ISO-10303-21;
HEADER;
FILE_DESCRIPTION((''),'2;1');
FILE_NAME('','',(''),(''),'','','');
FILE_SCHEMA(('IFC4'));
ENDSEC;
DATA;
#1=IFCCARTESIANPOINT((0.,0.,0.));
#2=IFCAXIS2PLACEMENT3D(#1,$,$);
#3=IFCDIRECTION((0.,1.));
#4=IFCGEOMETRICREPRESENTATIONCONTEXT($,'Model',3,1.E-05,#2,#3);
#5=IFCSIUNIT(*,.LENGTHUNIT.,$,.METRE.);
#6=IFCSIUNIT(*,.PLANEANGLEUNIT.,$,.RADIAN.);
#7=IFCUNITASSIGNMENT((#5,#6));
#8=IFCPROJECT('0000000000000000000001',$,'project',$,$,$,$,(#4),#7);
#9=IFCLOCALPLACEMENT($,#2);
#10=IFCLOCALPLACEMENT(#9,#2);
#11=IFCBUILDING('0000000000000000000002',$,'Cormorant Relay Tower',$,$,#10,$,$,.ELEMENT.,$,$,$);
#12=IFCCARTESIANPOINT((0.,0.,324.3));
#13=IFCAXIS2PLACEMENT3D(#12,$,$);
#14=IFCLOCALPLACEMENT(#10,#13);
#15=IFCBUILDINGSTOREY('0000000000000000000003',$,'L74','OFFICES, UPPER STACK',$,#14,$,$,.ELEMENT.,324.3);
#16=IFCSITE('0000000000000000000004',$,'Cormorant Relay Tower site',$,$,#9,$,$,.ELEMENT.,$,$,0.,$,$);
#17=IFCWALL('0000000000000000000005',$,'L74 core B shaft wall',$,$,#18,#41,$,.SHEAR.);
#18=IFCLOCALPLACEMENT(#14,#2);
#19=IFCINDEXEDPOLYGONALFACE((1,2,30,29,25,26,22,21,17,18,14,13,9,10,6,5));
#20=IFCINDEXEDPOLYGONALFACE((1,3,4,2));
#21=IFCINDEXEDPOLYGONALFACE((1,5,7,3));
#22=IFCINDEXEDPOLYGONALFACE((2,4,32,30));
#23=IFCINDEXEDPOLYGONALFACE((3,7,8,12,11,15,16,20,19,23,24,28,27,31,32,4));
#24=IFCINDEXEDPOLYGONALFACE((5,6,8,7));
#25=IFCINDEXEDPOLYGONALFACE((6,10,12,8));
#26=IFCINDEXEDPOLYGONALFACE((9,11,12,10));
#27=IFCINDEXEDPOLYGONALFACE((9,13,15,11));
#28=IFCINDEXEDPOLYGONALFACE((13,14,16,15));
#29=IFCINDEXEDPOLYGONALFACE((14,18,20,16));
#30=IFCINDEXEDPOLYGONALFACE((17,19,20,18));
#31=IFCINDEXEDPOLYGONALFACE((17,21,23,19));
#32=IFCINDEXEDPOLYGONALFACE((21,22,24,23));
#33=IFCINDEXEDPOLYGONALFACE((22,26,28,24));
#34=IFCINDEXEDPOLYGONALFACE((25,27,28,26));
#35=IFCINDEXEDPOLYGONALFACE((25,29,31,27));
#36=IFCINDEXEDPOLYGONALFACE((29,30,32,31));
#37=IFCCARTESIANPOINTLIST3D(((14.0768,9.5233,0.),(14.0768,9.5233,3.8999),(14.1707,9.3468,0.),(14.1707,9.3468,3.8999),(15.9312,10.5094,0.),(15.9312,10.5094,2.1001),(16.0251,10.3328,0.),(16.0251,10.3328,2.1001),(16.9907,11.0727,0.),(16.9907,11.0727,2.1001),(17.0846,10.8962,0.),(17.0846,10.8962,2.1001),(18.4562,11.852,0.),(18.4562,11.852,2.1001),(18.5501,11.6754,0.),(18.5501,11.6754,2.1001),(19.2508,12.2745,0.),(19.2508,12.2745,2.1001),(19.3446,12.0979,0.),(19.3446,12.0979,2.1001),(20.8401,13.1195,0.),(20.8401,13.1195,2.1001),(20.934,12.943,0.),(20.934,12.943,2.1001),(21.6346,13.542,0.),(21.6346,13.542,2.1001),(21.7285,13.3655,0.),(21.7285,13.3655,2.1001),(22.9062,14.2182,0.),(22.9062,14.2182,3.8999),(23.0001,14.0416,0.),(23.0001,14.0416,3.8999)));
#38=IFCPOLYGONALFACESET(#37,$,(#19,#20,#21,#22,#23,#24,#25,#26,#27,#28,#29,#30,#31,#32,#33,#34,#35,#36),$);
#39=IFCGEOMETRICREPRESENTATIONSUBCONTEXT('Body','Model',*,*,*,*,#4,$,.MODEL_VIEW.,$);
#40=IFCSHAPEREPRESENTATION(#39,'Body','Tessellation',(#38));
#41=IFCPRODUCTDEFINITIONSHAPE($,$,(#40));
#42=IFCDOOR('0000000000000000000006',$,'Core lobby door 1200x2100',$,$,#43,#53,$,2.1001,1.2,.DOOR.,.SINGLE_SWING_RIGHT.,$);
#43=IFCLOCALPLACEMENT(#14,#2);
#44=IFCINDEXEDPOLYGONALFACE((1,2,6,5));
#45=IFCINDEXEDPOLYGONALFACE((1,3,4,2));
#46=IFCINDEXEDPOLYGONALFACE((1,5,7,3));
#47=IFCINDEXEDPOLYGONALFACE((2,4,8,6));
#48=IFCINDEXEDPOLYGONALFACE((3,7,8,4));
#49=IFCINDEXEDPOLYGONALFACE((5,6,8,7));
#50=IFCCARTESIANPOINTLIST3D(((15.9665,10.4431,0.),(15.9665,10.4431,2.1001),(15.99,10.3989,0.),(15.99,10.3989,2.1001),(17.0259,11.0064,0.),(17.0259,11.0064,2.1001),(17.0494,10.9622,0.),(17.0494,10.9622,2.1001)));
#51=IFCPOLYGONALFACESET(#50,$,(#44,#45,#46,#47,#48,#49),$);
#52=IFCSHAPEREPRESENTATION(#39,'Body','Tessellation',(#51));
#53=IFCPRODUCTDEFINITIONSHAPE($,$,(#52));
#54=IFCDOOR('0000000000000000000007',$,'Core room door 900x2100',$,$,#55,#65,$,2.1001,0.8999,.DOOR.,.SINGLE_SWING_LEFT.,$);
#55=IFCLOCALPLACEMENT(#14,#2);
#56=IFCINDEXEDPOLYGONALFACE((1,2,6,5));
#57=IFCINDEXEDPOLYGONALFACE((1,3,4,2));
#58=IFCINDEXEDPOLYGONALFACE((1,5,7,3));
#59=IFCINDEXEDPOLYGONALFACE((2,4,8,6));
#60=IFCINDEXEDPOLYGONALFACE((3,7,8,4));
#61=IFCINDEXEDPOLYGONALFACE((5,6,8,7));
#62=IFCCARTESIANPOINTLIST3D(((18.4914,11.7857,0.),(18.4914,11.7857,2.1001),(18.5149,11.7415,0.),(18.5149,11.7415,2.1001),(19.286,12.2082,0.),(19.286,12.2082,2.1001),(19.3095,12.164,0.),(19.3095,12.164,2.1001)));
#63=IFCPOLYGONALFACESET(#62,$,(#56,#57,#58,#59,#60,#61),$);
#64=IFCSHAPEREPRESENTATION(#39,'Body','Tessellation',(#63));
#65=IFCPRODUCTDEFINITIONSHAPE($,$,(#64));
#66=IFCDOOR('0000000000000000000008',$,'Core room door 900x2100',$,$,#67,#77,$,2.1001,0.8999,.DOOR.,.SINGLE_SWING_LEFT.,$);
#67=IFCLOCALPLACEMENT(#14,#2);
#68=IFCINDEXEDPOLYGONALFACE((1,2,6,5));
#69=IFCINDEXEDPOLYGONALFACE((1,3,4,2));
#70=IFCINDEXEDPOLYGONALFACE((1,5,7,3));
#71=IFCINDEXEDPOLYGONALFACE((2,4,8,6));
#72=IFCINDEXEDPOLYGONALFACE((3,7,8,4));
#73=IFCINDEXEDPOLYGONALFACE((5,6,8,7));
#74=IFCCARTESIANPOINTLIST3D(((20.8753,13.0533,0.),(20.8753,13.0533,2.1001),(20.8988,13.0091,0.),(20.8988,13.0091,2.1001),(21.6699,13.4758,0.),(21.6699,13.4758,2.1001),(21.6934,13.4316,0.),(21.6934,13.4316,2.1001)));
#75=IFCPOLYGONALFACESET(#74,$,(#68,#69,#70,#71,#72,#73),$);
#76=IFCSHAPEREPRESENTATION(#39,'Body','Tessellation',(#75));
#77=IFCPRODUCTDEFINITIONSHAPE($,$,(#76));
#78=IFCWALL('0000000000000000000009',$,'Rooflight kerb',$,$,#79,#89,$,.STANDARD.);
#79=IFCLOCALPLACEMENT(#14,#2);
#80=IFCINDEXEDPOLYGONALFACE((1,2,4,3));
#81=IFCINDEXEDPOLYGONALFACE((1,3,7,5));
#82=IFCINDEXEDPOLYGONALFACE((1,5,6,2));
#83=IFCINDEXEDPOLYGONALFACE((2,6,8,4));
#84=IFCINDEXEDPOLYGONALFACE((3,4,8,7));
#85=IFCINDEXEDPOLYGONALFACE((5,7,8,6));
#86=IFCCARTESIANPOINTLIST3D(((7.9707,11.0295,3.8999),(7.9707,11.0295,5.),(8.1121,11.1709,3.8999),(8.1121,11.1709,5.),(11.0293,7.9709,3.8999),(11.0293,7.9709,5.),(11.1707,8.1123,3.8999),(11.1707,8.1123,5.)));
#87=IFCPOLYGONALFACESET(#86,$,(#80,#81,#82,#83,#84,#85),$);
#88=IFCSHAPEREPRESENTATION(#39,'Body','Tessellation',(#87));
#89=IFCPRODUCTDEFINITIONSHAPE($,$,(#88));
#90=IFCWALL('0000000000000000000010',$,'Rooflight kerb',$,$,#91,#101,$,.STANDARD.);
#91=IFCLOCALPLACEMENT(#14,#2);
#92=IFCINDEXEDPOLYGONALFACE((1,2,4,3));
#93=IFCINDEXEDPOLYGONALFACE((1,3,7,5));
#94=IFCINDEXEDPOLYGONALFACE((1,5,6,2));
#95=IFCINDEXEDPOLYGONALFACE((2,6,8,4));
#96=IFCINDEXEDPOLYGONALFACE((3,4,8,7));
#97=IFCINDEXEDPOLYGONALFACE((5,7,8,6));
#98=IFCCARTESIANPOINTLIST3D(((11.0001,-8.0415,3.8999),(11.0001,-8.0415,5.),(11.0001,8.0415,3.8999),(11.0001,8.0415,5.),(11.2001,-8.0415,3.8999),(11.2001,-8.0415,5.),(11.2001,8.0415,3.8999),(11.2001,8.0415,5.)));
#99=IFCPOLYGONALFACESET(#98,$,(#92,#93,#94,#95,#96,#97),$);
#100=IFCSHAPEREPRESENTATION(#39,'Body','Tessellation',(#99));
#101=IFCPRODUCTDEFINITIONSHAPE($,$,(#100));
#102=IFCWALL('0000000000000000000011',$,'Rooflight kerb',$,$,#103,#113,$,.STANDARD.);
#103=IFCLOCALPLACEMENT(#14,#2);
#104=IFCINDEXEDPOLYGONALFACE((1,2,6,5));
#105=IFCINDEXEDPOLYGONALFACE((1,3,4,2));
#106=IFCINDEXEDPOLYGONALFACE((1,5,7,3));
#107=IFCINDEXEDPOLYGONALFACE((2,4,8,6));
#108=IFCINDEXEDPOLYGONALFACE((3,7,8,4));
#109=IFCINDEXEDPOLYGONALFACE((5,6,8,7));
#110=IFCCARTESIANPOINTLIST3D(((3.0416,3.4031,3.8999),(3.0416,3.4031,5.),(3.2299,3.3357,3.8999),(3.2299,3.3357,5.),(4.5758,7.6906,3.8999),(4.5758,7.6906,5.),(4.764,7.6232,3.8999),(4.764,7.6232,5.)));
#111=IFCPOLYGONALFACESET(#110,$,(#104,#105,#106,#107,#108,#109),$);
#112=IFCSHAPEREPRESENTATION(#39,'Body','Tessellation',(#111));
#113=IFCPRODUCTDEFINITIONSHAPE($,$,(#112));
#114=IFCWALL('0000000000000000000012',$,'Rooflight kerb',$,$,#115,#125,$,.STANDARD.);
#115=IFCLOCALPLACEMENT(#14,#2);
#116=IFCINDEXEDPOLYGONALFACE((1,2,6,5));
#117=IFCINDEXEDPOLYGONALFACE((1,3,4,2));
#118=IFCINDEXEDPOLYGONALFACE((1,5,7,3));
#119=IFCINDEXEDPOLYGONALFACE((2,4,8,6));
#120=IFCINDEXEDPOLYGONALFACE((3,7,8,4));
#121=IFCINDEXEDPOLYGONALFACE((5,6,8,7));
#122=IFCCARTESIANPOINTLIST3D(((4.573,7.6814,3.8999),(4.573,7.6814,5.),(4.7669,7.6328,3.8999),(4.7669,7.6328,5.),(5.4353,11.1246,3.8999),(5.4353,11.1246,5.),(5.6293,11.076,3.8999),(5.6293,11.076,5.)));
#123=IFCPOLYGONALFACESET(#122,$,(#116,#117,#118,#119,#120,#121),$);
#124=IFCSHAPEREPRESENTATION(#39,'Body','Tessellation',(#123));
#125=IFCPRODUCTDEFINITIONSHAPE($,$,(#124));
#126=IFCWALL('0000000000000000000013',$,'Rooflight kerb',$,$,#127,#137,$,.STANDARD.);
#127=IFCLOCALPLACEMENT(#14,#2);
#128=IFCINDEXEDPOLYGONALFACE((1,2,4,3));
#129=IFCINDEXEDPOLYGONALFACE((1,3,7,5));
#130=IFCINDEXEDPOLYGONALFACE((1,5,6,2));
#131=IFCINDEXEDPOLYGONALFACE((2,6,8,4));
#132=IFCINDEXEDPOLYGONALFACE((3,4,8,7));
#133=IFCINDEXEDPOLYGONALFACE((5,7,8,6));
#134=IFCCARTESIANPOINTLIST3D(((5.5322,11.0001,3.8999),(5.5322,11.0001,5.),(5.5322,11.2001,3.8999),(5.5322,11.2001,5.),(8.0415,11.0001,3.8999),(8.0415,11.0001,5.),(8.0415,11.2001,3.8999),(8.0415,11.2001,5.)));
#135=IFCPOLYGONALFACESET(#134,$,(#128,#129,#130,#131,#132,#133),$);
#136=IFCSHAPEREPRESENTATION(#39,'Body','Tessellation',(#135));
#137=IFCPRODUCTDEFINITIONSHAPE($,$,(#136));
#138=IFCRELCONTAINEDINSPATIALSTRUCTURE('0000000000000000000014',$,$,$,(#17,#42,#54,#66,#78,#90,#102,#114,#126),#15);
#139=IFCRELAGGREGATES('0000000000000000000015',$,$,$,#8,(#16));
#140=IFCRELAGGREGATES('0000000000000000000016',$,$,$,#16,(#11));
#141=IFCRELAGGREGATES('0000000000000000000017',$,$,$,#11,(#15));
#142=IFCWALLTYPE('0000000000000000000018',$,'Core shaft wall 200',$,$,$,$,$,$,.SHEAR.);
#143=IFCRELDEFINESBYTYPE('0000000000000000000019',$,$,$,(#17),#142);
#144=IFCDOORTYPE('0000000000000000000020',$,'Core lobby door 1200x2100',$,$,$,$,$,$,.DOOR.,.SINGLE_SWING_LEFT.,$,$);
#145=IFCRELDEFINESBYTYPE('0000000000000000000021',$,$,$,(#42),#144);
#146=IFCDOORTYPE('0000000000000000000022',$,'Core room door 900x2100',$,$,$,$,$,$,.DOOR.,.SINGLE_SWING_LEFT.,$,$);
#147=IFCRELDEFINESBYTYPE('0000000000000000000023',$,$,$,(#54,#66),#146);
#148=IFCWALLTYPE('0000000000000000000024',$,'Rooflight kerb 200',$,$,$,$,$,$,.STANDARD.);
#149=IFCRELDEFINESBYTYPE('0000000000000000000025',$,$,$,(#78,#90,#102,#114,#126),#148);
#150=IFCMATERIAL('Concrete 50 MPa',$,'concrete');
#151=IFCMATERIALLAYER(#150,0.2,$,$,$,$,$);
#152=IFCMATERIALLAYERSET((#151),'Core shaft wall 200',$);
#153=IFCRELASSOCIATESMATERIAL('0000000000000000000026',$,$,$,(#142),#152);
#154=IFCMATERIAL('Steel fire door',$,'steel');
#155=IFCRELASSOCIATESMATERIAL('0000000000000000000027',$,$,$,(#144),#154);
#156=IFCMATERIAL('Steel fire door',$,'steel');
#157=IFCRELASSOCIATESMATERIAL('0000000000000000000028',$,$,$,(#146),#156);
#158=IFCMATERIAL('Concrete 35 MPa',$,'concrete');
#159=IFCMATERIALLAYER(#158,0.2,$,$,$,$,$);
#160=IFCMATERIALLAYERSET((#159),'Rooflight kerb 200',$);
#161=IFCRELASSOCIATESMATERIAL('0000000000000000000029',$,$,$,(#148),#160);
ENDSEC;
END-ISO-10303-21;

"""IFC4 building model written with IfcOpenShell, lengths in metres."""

from ifc_helpers import new_model, si_unit, direction, frame, frame_2d, origin, place, context, subcontext, project, spatial, rectangle, extrude, material, layer, layer_set, type_object, element, fill, save


model = new_model("IFC4")

# Units and contexts
model_context = context("Model", 3, precision=1e-05, world=origin(), true_north=direction((0.0, 1.0)))
body_context = subcontext(model_context, "Body", "Model", "MODEL_VIEW")
ifc_project = project(units=[si_unit("LENGTHUNIT", "METRE"), si_unit("PLANEANGLEUNIT", "RADIAN")], contexts=[model_context])

# Site, building, storey
site_placement = place(None, origin())
site = spatial("IfcSite", under=ifc_project, at=site_placement, Name="Cormorant Relay Tower site", CompositionType="ELEMENT", RefElevation=0.0)
building_placement = place(site_placement, origin())
building = spatial("IfcBuilding", under=site, at=building_placement, Name="Cormorant Relay Tower", CompositionType="ELEMENT")
storey_placement = place(building_placement, frame((0.0, 0.0, 324.3)))
storey = spatial("IfcBuildingStorey", under=building, at=storey_placement, Name="L74", Description="OFFICES, UPPER STACK", CompositionType="ELEMENT", Elevation=324.3)

# Shared definitions
ifc_material_1 = material(Name="Concrete 50 MPa", Category="concrete")
ifc_layer_1 = layer(ifc_material_1, 0.2)
ifc_layer_set_1 = layer_set([ifc_layer_1], Name="Core shaft wall 200")
wall_type_1 = type_object("IfcWallType", Name="Core shaft wall 200", PredefinedType="SHEAR", material=ifc_layer_set_1)

# Wall, openings, doors
wall_1_placement = place(storey_placement, frame((14.1238, 9.4351, 0.0), z_axis=(0.0, 0.0, 1.0), x_axis=(0.88294, 0.469485, 0.0)))
wall_1 = element("IfcWall", 1, at=wall_1_placement, inside=storey, type_object=wall_type_1, Name="L74 core B shaft wall", PredefinedType="SHEAR", context=body_context, shape_type="SweptSolid", body=[
    extrude(rectangle(XDim=10.0, YDim=0.2, at=frame_2d((5.0, 0.0))), origin(), (0.0, 0.0, 1.0), 3.8999),
])
opening_1_placement = place(wall_1_placement, frame((2.1001, 0.0, 0.0)))
opening_1 = element("IfcOpeningElement", 2, at=opening_1_placement, cuts=wall_1, PredefinedType="OPENING", context=body_context, shape_type="SweptSolid", body=[
    extrude(rectangle(XDim=1.2, YDim=2.1001, at=frame_2d((0.6001, 1.05))), frame((0.0, 0.1099, 0.0), z_axis=(0.0, -1.0, 0.0), x_axis=(1.0, 0.0, 0.0)), (0.0, 0.0, 1.0), 0.22),
])
opening_2_placement = place(wall_1_placement, frame((4.96, 0.0, 0.0)))
opening_2 = element("IfcOpeningElement", 3, at=opening_2_placement, cuts=wall_1, PredefinedType="OPENING", context=body_context, shape_type="SweptSolid", body=[
    extrude(rectangle(XDim=0.8999, YDim=2.1001, at=frame_2d((0.45, 1.05))), frame((0.0, 0.1099, 0.0), z_axis=(0.0, -1.0, 0.0), x_axis=(1.0, 0.0, 0.0)), (0.0, 0.0, 1.0), 0.22),
])
opening_3_placement = place(wall_1_placement, frame((7.6599, 0.0, 0.0)))
opening_3 = element("IfcOpeningElement", 4, at=opening_3_placement, cuts=wall_1, PredefinedType="OPENING", context=body_context, shape_type="SweptSolid", body=[
    extrude(rectangle(XDim=0.8999, YDim=2.1001, at=frame_2d((0.45, 1.05))), frame((0.0, 0.1099, 0.0), z_axis=(0.0, -1.0, 0.0), x_axis=(1.0, 0.0, 0.0)), (0.0, 0.0, 1.0), 0.22),
])
ifc_material_2 = material(Name="Steel fire door", Category="steel")
door_type_1 = type_object("IfcDoorType", Name="Core lobby door 1200x2100", OperationType="SINGLE_SWING_LEFT", PredefinedType="DOOR", material=ifc_material_2)
door_1_placement = place(opening_1_placement, origin())
door_1 = element("IfcDoor", 5, at=door_1_placement, inside=storey, type_object=door_type_1, Name="Core lobby door 1200x2100", OperationType="SINGLE_SWING_RIGHT", OverallHeight=2.1001, OverallWidth=1.2, PredefinedType="DOOR", context=body_context, shape_type="SweptSolid", body=[
    extrude(rectangle(XDim=1.2, YDim=2.1001, at=frame_2d((0.6001, 1.05))), frame((0.0, 0.0249, 0.0), z_axis=(0.0, -1.0, 0.0), x_axis=(1.0, 0.0, 0.0)), (0.0, 0.0, 1.0), 0.05),
])
fill(opening_1, door_1)
ifc_material_3 = material(Name="Steel fire door", Category="steel")
door_type_2 = type_object("IfcDoorType", Name="Core room door 900x2100", OperationType="SINGLE_SWING_LEFT", PredefinedType="DOOR", material=ifc_material_3)
door_2_placement = place(opening_2_placement, origin())
door_2 = element("IfcDoor", 6, at=door_2_placement, inside=storey, type_object=door_type_2, Name="Core room door 900x2100", OperationType="SINGLE_SWING_LEFT", OverallHeight=2.1001, OverallWidth=0.8999, PredefinedType="DOOR", context=body_context, shape_type="SweptSolid", body=[
    extrude(rectangle(XDim=0.8999, YDim=2.1001, at=frame_2d((0.45, 1.05))), frame((0.0, 0.0249, 0.0), z_axis=(0.0, -1.0, 0.0), x_axis=(1.0, 0.0, 0.0)), (0.0, 0.0, 1.0), 0.05),
])
fill(opening_2, door_2)
door_3_placement = place(opening_3_placement, origin())
door_3 = element("IfcDoor", 7, at=door_3_placement, inside=storey, type_object=door_type_2, Name="Core room door 900x2100", OperationType="SINGLE_SWING_LEFT", OverallHeight=2.1001, OverallWidth=0.8999, PredefinedType="DOOR", context=body_context, shape_type="SweptSolid", body=[
    extrude(rectangle(XDim=0.8999, YDim=2.1001, at=frame_2d((0.45, 1.05))), frame((0.0, 0.0249, 0.0), z_axis=(0.0, -1.0, 0.0), x_axis=(1.0, 0.0, 0.0)), (0.0, 0.0, 1.0), 0.05),
])
fill(opening_3, door_3)

# Walls
ifc_material_4 = material(Name="Concrete 35 MPa", Category="concrete")
ifc_layer_2 = layer(ifc_material_4, 0.2)
ifc_layer_set_2 = layer_set([ifc_layer_2], Name="Rooflight kerb 200")
wall_type_2 = type_object("IfcWallType", Name="Rooflight kerb 200", PredefinedType="STANDARD", material=ifc_layer_set_2)
wall_2_placement = place(storey_placement, frame((8.0415, 11.1001, 3.8999), z_axis=(0.0, 0.0, 1.0), x_axis=(0.707107, -0.707107, 0.0)))
element("IfcWall", 8, at=wall_2_placement, inside=storey, type_object=wall_type_2, Name="Rooflight kerb", PredefinedType="STANDARD", context=body_context, shape_type="SweptSolid", body=[
    extrude(rectangle(XDim=4.3254, YDim=0.2, at=frame_2d((2.1626, 0.0))), origin(), (0.0, 0.0, 1.0), 1.1001),
])
wall_3_placement = place(storey_placement, frame((11.1001, 8.0415, 3.8999), z_axis=(0.0, 0.0, 1.0), x_axis=(0.0, -1.0, 0.0)))
element("IfcWall", 9, at=wall_3_placement, inside=storey, type_object=wall_type_2, Name="Rooflight kerb", PredefinedType="STANDARD", context=body_context, shape_type="SweptSolid", body=[
    extrude(rectangle(XDim=16.083, YDim=0.2, at=frame_2d((8.0415, 0.0))), origin(), (0.0, 0.0, 1.0), 1.1001),
])
wall_4_placement = place(storey_placement, frame((3.1357, 3.3694, 3.8999), z_axis=(0.0, 0.0, 1.0), x_axis=(0.3369, 0.94154, 0.0)))
element("IfcWall", 10, at=wall_4_placement, inside=storey, type_object=wall_type_2, Name="Rooflight kerb", PredefinedType="STANDARD", context=body_context, shape_type="SweptSolid", body=[
    extrude(rectangle(XDim=4.5537, YDim=0.2, at=frame_2d((2.2769, 0.0))), origin(), (0.0, 0.0, 1.0), 1.1001),
])
wall_5_placement = place(storey_placement, frame((4.6699, 7.657, 3.8999), z_axis=(0.0, 0.0, 1.0), x_axis=(0.24294, 0.970041, 0.0)))
element("IfcWall", 11, at=wall_5_placement, inside=storey, type_object=wall_type_2, Name="Rooflight kerb", PredefinedType="STANDARD", context=body_context, shape_type="SweptSolid", body=[
    extrude(rectangle(XDim=3.5496, YDim=0.2, at=frame_2d((1.7749, 0.0))), origin(), (0.0, 0.0, 1.0), 1.1001),
])
wall_6_placement = place(storey_placement, frame((5.5322, 11.1001, 3.8999), z_axis=(0.0, 0.0, 1.0), x_axis=(1.0, 0.0, 0.0)))
element("IfcWall", 12, at=wall_6_placement, inside=storey, type_object=wall_type_2, Name="Rooflight kerb", PredefinedType="STANDARD", context=body_context, shape_type="SweptSolid", body=[
    extrude(rectangle(XDim=2.5093, YDim=0.2, at=frame_2d((1.2546, 0.0))), origin(), (0.0, 0.0, 1.0), 1.1001),
])

save(model, "model.ifc")
